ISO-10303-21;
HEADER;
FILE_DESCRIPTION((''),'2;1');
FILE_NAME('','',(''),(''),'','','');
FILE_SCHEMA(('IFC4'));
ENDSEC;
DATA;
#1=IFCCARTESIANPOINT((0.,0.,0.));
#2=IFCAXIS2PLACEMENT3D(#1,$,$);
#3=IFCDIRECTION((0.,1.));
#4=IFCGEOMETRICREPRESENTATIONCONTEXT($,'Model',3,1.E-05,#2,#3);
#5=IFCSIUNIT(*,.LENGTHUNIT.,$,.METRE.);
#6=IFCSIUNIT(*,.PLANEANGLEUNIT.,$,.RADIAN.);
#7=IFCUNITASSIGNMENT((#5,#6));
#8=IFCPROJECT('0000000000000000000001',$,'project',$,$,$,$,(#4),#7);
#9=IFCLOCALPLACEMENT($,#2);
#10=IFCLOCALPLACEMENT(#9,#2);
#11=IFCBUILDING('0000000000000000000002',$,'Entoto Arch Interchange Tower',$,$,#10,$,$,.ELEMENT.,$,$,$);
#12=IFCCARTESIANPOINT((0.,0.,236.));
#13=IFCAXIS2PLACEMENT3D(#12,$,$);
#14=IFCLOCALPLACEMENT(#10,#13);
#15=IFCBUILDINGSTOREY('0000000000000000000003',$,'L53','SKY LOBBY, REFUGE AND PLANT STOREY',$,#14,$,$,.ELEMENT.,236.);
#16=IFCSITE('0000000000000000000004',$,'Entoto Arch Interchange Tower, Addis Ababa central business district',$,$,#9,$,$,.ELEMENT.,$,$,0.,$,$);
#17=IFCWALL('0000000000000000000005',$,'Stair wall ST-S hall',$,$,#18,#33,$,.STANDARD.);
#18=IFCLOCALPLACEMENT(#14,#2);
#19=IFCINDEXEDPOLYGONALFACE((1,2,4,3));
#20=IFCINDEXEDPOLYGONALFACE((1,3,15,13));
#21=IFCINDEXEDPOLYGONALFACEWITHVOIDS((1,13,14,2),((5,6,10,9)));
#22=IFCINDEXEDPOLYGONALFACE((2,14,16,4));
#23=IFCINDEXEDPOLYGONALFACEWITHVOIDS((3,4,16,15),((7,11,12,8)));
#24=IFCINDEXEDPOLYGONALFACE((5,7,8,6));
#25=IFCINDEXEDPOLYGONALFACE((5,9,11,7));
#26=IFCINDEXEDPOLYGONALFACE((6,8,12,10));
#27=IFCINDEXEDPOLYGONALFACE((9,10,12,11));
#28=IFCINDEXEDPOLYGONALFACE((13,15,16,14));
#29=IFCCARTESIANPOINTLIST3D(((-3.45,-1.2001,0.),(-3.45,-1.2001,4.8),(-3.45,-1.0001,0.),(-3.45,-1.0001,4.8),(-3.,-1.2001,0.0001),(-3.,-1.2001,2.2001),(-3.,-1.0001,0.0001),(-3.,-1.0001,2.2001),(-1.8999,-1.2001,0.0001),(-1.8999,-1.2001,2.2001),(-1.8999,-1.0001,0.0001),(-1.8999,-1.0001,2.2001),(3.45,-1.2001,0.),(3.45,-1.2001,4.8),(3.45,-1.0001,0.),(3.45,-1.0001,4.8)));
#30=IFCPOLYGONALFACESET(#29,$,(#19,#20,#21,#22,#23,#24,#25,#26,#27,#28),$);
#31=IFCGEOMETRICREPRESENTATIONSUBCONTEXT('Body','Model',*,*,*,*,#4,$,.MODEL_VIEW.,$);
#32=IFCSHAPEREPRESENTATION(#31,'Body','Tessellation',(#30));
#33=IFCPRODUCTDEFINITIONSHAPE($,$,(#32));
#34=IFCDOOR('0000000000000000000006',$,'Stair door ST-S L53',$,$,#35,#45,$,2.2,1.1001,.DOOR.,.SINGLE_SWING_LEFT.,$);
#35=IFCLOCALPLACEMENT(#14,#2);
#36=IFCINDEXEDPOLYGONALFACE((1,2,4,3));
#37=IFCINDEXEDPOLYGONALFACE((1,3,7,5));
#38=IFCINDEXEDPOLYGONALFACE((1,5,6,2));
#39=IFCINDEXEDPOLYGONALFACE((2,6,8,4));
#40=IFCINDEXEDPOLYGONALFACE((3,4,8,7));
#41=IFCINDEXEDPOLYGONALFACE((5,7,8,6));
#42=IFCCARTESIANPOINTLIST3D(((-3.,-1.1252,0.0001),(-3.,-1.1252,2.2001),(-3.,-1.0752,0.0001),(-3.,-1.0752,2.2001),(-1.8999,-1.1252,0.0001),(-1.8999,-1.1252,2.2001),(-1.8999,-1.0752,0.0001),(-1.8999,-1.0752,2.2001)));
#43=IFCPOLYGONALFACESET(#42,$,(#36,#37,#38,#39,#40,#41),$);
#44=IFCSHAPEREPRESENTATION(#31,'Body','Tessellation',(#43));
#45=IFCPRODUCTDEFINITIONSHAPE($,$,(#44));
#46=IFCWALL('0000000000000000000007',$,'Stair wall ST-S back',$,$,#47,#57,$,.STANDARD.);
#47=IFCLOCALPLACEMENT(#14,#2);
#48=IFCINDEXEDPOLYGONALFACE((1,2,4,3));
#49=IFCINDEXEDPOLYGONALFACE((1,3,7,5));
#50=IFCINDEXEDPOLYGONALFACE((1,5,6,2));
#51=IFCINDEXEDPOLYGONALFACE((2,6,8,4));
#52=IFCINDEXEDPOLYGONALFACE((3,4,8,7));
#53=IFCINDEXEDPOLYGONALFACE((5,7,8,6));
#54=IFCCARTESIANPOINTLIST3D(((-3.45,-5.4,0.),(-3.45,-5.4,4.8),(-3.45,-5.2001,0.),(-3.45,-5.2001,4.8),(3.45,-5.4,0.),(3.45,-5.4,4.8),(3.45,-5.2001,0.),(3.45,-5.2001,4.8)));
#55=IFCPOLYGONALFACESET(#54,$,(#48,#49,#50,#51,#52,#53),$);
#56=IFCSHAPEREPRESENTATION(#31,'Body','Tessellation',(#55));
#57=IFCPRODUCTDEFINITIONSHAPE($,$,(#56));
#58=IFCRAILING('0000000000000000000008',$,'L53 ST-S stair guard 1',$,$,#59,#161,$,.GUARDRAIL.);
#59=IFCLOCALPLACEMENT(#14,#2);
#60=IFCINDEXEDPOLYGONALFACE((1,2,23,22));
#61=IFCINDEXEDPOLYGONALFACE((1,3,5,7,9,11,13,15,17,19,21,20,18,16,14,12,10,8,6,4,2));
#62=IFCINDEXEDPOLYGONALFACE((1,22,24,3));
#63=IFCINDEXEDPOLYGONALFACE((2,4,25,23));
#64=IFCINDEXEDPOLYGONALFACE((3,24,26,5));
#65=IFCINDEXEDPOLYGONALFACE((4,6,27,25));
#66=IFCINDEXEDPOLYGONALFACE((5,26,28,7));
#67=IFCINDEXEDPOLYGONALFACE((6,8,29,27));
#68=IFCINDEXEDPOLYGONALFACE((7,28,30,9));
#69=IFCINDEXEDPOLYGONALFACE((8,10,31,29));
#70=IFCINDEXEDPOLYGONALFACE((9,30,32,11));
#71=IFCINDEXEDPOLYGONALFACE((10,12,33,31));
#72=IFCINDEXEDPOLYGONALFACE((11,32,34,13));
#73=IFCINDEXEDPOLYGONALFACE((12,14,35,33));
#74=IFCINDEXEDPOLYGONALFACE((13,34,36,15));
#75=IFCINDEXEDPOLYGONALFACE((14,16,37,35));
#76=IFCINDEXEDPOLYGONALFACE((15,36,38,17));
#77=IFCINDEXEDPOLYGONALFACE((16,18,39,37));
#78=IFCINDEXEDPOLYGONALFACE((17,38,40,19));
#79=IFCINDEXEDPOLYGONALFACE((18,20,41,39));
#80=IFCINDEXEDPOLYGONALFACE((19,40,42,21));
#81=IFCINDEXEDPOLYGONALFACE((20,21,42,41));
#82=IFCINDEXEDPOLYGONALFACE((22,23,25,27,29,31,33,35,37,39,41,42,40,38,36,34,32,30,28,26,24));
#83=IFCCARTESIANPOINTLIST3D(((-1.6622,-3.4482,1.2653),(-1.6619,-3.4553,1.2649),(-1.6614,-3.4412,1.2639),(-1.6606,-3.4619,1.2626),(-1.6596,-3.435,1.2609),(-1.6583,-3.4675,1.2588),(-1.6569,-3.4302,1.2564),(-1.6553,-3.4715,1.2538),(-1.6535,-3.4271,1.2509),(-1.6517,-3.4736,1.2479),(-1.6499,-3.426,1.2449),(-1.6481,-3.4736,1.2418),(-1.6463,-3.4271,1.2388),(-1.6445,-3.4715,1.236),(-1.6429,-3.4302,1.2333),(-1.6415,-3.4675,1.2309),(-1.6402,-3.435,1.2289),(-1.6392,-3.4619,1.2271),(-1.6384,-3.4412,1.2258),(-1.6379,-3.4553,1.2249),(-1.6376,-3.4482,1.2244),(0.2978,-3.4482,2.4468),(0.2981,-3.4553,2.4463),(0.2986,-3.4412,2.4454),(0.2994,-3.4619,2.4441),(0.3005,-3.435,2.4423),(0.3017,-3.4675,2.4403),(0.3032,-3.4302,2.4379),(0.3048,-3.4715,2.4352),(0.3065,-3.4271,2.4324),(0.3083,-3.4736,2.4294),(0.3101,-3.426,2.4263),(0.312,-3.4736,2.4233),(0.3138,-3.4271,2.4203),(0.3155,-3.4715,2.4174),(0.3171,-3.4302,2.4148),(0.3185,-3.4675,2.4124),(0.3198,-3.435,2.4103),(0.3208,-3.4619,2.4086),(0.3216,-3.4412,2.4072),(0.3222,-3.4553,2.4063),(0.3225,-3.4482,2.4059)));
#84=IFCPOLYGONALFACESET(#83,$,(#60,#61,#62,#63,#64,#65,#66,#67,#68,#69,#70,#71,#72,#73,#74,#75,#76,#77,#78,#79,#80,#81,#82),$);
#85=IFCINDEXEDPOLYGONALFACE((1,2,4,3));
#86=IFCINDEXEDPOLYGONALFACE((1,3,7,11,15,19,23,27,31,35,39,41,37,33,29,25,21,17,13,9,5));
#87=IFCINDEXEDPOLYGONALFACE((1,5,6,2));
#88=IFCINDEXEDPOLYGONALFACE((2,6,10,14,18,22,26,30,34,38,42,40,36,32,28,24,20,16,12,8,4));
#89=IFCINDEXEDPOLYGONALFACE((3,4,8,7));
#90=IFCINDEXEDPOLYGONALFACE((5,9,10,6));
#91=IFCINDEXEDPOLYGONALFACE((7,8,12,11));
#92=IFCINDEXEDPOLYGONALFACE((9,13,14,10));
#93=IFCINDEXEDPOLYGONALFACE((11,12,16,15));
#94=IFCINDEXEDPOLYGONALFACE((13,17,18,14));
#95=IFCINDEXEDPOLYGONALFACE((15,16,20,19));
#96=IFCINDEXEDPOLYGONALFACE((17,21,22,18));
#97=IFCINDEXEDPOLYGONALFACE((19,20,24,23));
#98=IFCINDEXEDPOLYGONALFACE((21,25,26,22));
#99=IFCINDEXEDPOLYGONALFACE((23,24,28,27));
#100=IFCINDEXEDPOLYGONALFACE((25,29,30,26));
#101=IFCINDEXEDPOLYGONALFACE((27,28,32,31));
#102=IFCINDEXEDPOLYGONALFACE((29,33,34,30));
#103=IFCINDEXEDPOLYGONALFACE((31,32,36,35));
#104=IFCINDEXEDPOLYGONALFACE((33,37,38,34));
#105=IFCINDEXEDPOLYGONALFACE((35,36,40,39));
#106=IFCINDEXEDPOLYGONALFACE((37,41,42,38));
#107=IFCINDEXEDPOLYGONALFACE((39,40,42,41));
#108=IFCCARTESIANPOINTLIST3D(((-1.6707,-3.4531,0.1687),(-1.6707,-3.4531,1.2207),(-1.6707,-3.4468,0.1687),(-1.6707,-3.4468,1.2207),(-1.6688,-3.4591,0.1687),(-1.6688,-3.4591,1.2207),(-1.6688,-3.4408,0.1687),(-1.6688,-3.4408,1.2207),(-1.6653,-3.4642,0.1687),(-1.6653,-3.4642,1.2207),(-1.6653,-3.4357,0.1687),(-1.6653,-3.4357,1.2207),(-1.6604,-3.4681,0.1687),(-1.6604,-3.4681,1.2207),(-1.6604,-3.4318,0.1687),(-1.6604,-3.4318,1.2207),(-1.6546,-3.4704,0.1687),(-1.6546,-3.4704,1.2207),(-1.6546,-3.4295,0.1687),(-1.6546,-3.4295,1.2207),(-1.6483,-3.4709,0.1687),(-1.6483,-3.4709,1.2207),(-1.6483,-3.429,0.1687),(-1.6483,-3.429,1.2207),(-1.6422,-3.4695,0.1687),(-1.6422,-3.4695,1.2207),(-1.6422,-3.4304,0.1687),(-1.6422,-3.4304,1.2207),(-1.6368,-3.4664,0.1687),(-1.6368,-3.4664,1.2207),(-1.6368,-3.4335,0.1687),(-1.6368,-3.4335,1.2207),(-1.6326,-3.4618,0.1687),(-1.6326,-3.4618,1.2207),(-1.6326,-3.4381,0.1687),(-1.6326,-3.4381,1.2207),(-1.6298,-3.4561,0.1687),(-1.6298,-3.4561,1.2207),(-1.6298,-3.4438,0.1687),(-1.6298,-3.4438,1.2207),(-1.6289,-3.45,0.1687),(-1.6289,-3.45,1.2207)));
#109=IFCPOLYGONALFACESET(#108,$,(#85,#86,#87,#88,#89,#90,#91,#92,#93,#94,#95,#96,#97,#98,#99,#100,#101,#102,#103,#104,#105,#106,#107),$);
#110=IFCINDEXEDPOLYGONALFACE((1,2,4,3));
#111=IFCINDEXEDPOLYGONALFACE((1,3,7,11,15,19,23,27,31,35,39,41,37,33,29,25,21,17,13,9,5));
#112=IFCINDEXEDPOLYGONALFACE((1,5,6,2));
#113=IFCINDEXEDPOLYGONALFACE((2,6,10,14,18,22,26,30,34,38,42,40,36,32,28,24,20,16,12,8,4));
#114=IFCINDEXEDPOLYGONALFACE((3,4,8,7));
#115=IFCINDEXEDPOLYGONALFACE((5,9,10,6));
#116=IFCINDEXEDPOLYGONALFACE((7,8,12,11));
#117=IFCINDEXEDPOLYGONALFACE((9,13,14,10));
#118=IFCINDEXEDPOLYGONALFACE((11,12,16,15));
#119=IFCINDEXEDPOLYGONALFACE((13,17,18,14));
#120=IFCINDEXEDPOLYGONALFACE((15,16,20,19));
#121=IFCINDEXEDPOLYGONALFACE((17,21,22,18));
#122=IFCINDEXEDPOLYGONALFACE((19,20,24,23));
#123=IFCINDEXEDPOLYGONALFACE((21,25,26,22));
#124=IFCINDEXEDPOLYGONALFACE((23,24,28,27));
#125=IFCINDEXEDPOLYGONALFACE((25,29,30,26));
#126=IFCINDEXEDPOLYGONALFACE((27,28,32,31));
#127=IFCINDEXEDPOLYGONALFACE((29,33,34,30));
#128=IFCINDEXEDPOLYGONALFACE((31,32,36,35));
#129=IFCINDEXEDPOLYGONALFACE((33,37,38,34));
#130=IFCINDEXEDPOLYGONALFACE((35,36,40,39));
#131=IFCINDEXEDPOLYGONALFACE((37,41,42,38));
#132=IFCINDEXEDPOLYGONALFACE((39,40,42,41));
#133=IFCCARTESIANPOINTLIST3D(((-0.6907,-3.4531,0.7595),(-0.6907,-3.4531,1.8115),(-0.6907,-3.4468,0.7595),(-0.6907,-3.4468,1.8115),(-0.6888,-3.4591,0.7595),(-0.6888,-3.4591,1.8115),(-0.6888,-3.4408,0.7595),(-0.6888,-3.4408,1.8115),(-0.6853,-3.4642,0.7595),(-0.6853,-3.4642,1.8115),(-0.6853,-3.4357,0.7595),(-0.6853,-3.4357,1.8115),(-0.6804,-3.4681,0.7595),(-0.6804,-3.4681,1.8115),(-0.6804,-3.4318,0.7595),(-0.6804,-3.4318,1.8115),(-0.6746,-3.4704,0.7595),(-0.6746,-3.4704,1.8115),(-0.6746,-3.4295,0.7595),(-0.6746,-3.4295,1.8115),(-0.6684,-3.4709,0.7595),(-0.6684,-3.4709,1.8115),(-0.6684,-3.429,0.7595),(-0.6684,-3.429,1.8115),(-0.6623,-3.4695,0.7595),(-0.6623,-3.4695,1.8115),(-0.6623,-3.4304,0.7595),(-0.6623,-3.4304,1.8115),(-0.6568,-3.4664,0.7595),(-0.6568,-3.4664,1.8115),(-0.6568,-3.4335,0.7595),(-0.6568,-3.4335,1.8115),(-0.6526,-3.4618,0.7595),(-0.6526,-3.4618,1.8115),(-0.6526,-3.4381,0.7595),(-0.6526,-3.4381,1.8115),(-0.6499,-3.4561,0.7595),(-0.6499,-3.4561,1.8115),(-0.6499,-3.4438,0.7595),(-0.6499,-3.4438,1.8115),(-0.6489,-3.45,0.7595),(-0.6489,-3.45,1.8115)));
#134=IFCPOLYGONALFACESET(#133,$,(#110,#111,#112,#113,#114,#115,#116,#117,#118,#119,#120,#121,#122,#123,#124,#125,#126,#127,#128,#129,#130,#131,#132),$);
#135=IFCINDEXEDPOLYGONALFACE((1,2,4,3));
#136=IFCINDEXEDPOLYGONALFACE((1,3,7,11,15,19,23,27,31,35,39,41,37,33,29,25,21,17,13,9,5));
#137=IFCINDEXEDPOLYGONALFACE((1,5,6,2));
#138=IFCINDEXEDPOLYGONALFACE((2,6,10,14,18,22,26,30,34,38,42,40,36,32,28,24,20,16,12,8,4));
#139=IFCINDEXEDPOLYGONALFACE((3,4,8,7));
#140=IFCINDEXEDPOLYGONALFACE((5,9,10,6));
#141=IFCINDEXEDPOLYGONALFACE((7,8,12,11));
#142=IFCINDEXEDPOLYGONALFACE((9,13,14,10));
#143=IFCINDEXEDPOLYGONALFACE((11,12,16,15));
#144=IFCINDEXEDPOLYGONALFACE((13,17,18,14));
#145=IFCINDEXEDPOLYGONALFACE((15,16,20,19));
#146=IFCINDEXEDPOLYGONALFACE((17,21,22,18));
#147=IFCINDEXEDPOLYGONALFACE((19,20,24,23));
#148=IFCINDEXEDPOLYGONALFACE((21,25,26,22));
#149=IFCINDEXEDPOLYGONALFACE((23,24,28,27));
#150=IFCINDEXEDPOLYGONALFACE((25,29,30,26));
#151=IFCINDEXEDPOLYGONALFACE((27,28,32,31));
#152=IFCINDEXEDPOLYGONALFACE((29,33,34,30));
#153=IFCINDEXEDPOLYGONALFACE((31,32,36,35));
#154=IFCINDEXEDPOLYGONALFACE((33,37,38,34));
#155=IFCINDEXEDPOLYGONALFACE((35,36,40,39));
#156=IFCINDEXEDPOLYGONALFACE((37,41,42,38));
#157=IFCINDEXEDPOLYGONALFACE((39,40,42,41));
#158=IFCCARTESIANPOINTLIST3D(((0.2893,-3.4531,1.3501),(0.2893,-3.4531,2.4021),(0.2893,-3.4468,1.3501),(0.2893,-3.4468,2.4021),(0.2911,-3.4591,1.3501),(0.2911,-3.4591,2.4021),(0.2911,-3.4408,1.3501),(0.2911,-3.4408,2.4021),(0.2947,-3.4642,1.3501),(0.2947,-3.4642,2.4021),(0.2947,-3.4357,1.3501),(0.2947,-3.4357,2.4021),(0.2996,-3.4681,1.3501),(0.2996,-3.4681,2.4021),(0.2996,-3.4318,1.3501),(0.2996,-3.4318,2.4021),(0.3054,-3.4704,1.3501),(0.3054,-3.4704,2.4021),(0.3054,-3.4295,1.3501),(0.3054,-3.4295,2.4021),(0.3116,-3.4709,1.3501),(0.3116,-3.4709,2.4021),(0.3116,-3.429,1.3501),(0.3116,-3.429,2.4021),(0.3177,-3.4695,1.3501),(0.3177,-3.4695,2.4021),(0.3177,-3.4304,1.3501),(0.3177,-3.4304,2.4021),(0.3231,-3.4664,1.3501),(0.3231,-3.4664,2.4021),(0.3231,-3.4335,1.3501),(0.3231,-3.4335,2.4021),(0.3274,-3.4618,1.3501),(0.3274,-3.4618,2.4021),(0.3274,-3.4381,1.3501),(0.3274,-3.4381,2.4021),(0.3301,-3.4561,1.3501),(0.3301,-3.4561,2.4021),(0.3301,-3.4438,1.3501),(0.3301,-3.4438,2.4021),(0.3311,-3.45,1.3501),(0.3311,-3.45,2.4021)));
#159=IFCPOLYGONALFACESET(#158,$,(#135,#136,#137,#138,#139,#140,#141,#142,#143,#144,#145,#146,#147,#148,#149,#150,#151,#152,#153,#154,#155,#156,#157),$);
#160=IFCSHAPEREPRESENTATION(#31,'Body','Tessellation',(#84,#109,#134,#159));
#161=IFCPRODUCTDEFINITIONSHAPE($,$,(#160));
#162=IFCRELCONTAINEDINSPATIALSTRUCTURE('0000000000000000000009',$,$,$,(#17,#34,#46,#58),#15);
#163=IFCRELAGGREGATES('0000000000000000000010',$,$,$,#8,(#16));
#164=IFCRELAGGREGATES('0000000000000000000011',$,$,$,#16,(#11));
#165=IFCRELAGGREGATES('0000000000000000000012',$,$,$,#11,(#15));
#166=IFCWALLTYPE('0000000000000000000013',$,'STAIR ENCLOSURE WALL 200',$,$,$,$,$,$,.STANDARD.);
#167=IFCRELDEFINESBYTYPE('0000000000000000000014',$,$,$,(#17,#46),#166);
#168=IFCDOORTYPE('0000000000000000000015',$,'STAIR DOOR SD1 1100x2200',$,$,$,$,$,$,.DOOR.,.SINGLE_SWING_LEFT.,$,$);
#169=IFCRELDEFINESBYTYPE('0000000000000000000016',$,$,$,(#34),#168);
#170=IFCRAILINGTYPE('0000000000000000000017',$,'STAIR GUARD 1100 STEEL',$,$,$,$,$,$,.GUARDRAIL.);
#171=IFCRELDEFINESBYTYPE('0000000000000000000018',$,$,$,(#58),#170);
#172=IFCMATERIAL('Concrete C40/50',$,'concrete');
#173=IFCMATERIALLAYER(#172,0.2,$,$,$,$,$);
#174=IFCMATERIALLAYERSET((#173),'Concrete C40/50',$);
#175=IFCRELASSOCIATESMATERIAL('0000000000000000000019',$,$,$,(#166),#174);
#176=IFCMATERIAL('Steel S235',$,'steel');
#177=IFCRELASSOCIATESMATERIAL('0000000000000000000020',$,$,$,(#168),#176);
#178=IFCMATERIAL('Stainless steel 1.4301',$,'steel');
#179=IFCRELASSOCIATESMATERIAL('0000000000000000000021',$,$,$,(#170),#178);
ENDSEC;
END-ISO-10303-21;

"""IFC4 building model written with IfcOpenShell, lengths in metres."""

from ifc_helpers import new_model, si_unit, direction, frame, frame_2d, origin, origin_2d, place, context, subcontext, project, spatial, rectangle, circle, extrude, material, layer, layer_set, type_object, element, fill, save


model = new_model("IFC4")

# Units and contexts
model_context = context("Model", 3, precision=1e-05, world=origin(), true_north=direction((0.0, 1.0)))
body_context = subcontext(model_context, "Body", "Model", "MODEL_VIEW")
ifc_project = project(units=[si_unit("LENGTHUNIT", "METRE"), si_unit("PLANEANGLEUNIT", "RADIAN")], contexts=[model_context])

# Site, building, storey
site_placement = place(None, origin())
site = spatial("IfcSite", under=ifc_project, at=site_placement, Name="Entoto Arch Interchange Tower, Addis Ababa central business district", CompositionType="ELEMENT", RefElevation=0.0)
building_placement = place(site_placement, origin())
building = spatial("IfcBuilding", under=site, at=building_placement, Name="Entoto Arch Interchange Tower", CompositionType="ELEMENT")
storey_placement = place(building_placement, frame((0.0, 0.0, 236.0)))
storey = spatial("IfcBuildingStorey", under=building, at=storey_placement, Name="L53", Description="SKY LOBBY, REFUGE AND PLANT STOREY", CompositionType="ELEMENT", Elevation=236.0)

# Shared definitions
ifc_material_1 = material(Name="Concrete C40/50", Category="concrete")

# Wall, opening, door
ifc_layer_1 = layer(ifc_material_1, 0.2)
ifc_layer_set_1 = layer_set([ifc_layer_1], Name="Concrete C40/50")
wall_type_1 = type_object("IfcWallType", Name="STAIR ENCLOSURE WALL 200", PredefinedType="STANDARD", material=ifc_layer_set_1)
wall_1_placement = place(storey_placement, frame((-3.45, -1.1001, 0.0), z_axis=(0.0, 0.0, 1.0), x_axis=(1.0, 0.0, 0.0)))
wall_1 = element("IfcWall", 1, at=wall_1_placement, inside=storey, type_object=wall_type_1, Name="Stair wall ST-S hall", PredefinedType="STANDARD", context=body_context, shape_type="SweptSolid", body=[
    extrude(rectangle(XDim=6.8999, YDim=0.2, at=frame_2d((3.45, 0.0))), origin(), (0.0, 0.0, 1.0), 4.8),
])
opening_placement = place(wall_1_placement, frame((0.45, 0.0, 0.0)))
opening = element("IfcOpeningElement", 2, at=opening_placement, cuts=wall_1, PredefinedType="OPENING", context=body_context, shape_type="SweptSolid", body=[
    extrude(rectangle(XDim=1.1001, YDim=2.2, at=frame_2d((0.55, 1.1001))), frame((0.0, 0.1099, 0.0), z_axis=(0.0, -1.0, 0.0), x_axis=(1.0, 0.0, 0.0)), (0.0, 0.0, 1.0), 0.22),
])
ifc_material_2 = material(Name="Steel S235", Category="steel")
door_type = type_object("IfcDoorType", Name="STAIR DOOR SD1 1100x2200", OperationType="SINGLE_SWING_LEFT", PredefinedType="DOOR", material=ifc_material_2)
door_placement = place(opening_placement, origin())
door = element("IfcDoor", 3, at=door_placement, inside=storey, type_object=door_type, Name="Stair door ST-S L53", OperationType="SINGLE_SWING_LEFT", OverallHeight=2.2, OverallWidth=1.1001, PredefinedType="DOOR", context=body_context, shape_type="SweptSolid", body=[
    extrude(rectangle(XDim=1.1001, YDim=2.2, at=frame_2d((0.55, 1.1001))), frame((0.0, 0.0249, 0.0), z_axis=(0.0, -1.0, 0.0), x_axis=(1.0, 0.0, 0.0)), (0.0, 0.0, 1.0), 0.05),
])
fill(opening, door)

# Wall
wall_2_placement = place(storey_placement, frame((-3.45, -5.3, 0.0), z_axis=(0.0, 0.0, 1.0), x_axis=(1.0, 0.0, 0.0)))
element("IfcWall", 4, at=wall_2_placement, inside=storey, type_object=wall_type_1, Name="Stair wall ST-S back", PredefinedType="STANDARD", context=body_context, shape_type="SweptSolid", body=[
    extrude(rectangle(XDim=6.8999, YDim=0.2, at=frame_2d((3.45, 0.0))), origin(), (0.0, 0.0, 1.0), 4.8),
])

# Railing
ifc_material_3 = material(Name="Stainless steel 1.4301", Category="steel")
railing_type_1 = type_object("IfcRailingType", Name="STAIR GUARD 1100 STEEL", PredefinedType="GUARDRAIL", material=ifc_material_3)
railing_1_placement = place(storey_placement, frame((-1.6499, -3.45, 0.1687)))
element("IfcRailing", 5, at=railing_1_placement, inside=storey, type_object=railing_type_1, Name="L53 ST-S stair guard 1", PredefinedType="GUARDRAIL", context=body_context, shape_type="SweptSolid", body=[
    extrude(circle(Radius=0.0239, at=origin_2d()), frame((0.0, 0.0, 1.0762), z_axis=(0.856446, 0.0, 0.516236), x_axis=(0.0, 1.0, 0.0)), (0.0, 0.0, 1.0), 2.2886),
    extrude(circle(Radius=0.021, at=origin_2d()), origin(), (0.0, 0.0, 1.0), 1.052),
    extrude(circle(Radius=0.021, at=origin_2d()), frame((0.98, 0.0, 0.5908)), (0.0, 0.0, 1.0), 1.052),
    extrude(circle(Radius=0.021, at=origin_2d()), frame((1.96, 0.0, 1.1814)), (0.0, 0.0, 1.0), 1.052),
])

save(model, "model.ifc")
